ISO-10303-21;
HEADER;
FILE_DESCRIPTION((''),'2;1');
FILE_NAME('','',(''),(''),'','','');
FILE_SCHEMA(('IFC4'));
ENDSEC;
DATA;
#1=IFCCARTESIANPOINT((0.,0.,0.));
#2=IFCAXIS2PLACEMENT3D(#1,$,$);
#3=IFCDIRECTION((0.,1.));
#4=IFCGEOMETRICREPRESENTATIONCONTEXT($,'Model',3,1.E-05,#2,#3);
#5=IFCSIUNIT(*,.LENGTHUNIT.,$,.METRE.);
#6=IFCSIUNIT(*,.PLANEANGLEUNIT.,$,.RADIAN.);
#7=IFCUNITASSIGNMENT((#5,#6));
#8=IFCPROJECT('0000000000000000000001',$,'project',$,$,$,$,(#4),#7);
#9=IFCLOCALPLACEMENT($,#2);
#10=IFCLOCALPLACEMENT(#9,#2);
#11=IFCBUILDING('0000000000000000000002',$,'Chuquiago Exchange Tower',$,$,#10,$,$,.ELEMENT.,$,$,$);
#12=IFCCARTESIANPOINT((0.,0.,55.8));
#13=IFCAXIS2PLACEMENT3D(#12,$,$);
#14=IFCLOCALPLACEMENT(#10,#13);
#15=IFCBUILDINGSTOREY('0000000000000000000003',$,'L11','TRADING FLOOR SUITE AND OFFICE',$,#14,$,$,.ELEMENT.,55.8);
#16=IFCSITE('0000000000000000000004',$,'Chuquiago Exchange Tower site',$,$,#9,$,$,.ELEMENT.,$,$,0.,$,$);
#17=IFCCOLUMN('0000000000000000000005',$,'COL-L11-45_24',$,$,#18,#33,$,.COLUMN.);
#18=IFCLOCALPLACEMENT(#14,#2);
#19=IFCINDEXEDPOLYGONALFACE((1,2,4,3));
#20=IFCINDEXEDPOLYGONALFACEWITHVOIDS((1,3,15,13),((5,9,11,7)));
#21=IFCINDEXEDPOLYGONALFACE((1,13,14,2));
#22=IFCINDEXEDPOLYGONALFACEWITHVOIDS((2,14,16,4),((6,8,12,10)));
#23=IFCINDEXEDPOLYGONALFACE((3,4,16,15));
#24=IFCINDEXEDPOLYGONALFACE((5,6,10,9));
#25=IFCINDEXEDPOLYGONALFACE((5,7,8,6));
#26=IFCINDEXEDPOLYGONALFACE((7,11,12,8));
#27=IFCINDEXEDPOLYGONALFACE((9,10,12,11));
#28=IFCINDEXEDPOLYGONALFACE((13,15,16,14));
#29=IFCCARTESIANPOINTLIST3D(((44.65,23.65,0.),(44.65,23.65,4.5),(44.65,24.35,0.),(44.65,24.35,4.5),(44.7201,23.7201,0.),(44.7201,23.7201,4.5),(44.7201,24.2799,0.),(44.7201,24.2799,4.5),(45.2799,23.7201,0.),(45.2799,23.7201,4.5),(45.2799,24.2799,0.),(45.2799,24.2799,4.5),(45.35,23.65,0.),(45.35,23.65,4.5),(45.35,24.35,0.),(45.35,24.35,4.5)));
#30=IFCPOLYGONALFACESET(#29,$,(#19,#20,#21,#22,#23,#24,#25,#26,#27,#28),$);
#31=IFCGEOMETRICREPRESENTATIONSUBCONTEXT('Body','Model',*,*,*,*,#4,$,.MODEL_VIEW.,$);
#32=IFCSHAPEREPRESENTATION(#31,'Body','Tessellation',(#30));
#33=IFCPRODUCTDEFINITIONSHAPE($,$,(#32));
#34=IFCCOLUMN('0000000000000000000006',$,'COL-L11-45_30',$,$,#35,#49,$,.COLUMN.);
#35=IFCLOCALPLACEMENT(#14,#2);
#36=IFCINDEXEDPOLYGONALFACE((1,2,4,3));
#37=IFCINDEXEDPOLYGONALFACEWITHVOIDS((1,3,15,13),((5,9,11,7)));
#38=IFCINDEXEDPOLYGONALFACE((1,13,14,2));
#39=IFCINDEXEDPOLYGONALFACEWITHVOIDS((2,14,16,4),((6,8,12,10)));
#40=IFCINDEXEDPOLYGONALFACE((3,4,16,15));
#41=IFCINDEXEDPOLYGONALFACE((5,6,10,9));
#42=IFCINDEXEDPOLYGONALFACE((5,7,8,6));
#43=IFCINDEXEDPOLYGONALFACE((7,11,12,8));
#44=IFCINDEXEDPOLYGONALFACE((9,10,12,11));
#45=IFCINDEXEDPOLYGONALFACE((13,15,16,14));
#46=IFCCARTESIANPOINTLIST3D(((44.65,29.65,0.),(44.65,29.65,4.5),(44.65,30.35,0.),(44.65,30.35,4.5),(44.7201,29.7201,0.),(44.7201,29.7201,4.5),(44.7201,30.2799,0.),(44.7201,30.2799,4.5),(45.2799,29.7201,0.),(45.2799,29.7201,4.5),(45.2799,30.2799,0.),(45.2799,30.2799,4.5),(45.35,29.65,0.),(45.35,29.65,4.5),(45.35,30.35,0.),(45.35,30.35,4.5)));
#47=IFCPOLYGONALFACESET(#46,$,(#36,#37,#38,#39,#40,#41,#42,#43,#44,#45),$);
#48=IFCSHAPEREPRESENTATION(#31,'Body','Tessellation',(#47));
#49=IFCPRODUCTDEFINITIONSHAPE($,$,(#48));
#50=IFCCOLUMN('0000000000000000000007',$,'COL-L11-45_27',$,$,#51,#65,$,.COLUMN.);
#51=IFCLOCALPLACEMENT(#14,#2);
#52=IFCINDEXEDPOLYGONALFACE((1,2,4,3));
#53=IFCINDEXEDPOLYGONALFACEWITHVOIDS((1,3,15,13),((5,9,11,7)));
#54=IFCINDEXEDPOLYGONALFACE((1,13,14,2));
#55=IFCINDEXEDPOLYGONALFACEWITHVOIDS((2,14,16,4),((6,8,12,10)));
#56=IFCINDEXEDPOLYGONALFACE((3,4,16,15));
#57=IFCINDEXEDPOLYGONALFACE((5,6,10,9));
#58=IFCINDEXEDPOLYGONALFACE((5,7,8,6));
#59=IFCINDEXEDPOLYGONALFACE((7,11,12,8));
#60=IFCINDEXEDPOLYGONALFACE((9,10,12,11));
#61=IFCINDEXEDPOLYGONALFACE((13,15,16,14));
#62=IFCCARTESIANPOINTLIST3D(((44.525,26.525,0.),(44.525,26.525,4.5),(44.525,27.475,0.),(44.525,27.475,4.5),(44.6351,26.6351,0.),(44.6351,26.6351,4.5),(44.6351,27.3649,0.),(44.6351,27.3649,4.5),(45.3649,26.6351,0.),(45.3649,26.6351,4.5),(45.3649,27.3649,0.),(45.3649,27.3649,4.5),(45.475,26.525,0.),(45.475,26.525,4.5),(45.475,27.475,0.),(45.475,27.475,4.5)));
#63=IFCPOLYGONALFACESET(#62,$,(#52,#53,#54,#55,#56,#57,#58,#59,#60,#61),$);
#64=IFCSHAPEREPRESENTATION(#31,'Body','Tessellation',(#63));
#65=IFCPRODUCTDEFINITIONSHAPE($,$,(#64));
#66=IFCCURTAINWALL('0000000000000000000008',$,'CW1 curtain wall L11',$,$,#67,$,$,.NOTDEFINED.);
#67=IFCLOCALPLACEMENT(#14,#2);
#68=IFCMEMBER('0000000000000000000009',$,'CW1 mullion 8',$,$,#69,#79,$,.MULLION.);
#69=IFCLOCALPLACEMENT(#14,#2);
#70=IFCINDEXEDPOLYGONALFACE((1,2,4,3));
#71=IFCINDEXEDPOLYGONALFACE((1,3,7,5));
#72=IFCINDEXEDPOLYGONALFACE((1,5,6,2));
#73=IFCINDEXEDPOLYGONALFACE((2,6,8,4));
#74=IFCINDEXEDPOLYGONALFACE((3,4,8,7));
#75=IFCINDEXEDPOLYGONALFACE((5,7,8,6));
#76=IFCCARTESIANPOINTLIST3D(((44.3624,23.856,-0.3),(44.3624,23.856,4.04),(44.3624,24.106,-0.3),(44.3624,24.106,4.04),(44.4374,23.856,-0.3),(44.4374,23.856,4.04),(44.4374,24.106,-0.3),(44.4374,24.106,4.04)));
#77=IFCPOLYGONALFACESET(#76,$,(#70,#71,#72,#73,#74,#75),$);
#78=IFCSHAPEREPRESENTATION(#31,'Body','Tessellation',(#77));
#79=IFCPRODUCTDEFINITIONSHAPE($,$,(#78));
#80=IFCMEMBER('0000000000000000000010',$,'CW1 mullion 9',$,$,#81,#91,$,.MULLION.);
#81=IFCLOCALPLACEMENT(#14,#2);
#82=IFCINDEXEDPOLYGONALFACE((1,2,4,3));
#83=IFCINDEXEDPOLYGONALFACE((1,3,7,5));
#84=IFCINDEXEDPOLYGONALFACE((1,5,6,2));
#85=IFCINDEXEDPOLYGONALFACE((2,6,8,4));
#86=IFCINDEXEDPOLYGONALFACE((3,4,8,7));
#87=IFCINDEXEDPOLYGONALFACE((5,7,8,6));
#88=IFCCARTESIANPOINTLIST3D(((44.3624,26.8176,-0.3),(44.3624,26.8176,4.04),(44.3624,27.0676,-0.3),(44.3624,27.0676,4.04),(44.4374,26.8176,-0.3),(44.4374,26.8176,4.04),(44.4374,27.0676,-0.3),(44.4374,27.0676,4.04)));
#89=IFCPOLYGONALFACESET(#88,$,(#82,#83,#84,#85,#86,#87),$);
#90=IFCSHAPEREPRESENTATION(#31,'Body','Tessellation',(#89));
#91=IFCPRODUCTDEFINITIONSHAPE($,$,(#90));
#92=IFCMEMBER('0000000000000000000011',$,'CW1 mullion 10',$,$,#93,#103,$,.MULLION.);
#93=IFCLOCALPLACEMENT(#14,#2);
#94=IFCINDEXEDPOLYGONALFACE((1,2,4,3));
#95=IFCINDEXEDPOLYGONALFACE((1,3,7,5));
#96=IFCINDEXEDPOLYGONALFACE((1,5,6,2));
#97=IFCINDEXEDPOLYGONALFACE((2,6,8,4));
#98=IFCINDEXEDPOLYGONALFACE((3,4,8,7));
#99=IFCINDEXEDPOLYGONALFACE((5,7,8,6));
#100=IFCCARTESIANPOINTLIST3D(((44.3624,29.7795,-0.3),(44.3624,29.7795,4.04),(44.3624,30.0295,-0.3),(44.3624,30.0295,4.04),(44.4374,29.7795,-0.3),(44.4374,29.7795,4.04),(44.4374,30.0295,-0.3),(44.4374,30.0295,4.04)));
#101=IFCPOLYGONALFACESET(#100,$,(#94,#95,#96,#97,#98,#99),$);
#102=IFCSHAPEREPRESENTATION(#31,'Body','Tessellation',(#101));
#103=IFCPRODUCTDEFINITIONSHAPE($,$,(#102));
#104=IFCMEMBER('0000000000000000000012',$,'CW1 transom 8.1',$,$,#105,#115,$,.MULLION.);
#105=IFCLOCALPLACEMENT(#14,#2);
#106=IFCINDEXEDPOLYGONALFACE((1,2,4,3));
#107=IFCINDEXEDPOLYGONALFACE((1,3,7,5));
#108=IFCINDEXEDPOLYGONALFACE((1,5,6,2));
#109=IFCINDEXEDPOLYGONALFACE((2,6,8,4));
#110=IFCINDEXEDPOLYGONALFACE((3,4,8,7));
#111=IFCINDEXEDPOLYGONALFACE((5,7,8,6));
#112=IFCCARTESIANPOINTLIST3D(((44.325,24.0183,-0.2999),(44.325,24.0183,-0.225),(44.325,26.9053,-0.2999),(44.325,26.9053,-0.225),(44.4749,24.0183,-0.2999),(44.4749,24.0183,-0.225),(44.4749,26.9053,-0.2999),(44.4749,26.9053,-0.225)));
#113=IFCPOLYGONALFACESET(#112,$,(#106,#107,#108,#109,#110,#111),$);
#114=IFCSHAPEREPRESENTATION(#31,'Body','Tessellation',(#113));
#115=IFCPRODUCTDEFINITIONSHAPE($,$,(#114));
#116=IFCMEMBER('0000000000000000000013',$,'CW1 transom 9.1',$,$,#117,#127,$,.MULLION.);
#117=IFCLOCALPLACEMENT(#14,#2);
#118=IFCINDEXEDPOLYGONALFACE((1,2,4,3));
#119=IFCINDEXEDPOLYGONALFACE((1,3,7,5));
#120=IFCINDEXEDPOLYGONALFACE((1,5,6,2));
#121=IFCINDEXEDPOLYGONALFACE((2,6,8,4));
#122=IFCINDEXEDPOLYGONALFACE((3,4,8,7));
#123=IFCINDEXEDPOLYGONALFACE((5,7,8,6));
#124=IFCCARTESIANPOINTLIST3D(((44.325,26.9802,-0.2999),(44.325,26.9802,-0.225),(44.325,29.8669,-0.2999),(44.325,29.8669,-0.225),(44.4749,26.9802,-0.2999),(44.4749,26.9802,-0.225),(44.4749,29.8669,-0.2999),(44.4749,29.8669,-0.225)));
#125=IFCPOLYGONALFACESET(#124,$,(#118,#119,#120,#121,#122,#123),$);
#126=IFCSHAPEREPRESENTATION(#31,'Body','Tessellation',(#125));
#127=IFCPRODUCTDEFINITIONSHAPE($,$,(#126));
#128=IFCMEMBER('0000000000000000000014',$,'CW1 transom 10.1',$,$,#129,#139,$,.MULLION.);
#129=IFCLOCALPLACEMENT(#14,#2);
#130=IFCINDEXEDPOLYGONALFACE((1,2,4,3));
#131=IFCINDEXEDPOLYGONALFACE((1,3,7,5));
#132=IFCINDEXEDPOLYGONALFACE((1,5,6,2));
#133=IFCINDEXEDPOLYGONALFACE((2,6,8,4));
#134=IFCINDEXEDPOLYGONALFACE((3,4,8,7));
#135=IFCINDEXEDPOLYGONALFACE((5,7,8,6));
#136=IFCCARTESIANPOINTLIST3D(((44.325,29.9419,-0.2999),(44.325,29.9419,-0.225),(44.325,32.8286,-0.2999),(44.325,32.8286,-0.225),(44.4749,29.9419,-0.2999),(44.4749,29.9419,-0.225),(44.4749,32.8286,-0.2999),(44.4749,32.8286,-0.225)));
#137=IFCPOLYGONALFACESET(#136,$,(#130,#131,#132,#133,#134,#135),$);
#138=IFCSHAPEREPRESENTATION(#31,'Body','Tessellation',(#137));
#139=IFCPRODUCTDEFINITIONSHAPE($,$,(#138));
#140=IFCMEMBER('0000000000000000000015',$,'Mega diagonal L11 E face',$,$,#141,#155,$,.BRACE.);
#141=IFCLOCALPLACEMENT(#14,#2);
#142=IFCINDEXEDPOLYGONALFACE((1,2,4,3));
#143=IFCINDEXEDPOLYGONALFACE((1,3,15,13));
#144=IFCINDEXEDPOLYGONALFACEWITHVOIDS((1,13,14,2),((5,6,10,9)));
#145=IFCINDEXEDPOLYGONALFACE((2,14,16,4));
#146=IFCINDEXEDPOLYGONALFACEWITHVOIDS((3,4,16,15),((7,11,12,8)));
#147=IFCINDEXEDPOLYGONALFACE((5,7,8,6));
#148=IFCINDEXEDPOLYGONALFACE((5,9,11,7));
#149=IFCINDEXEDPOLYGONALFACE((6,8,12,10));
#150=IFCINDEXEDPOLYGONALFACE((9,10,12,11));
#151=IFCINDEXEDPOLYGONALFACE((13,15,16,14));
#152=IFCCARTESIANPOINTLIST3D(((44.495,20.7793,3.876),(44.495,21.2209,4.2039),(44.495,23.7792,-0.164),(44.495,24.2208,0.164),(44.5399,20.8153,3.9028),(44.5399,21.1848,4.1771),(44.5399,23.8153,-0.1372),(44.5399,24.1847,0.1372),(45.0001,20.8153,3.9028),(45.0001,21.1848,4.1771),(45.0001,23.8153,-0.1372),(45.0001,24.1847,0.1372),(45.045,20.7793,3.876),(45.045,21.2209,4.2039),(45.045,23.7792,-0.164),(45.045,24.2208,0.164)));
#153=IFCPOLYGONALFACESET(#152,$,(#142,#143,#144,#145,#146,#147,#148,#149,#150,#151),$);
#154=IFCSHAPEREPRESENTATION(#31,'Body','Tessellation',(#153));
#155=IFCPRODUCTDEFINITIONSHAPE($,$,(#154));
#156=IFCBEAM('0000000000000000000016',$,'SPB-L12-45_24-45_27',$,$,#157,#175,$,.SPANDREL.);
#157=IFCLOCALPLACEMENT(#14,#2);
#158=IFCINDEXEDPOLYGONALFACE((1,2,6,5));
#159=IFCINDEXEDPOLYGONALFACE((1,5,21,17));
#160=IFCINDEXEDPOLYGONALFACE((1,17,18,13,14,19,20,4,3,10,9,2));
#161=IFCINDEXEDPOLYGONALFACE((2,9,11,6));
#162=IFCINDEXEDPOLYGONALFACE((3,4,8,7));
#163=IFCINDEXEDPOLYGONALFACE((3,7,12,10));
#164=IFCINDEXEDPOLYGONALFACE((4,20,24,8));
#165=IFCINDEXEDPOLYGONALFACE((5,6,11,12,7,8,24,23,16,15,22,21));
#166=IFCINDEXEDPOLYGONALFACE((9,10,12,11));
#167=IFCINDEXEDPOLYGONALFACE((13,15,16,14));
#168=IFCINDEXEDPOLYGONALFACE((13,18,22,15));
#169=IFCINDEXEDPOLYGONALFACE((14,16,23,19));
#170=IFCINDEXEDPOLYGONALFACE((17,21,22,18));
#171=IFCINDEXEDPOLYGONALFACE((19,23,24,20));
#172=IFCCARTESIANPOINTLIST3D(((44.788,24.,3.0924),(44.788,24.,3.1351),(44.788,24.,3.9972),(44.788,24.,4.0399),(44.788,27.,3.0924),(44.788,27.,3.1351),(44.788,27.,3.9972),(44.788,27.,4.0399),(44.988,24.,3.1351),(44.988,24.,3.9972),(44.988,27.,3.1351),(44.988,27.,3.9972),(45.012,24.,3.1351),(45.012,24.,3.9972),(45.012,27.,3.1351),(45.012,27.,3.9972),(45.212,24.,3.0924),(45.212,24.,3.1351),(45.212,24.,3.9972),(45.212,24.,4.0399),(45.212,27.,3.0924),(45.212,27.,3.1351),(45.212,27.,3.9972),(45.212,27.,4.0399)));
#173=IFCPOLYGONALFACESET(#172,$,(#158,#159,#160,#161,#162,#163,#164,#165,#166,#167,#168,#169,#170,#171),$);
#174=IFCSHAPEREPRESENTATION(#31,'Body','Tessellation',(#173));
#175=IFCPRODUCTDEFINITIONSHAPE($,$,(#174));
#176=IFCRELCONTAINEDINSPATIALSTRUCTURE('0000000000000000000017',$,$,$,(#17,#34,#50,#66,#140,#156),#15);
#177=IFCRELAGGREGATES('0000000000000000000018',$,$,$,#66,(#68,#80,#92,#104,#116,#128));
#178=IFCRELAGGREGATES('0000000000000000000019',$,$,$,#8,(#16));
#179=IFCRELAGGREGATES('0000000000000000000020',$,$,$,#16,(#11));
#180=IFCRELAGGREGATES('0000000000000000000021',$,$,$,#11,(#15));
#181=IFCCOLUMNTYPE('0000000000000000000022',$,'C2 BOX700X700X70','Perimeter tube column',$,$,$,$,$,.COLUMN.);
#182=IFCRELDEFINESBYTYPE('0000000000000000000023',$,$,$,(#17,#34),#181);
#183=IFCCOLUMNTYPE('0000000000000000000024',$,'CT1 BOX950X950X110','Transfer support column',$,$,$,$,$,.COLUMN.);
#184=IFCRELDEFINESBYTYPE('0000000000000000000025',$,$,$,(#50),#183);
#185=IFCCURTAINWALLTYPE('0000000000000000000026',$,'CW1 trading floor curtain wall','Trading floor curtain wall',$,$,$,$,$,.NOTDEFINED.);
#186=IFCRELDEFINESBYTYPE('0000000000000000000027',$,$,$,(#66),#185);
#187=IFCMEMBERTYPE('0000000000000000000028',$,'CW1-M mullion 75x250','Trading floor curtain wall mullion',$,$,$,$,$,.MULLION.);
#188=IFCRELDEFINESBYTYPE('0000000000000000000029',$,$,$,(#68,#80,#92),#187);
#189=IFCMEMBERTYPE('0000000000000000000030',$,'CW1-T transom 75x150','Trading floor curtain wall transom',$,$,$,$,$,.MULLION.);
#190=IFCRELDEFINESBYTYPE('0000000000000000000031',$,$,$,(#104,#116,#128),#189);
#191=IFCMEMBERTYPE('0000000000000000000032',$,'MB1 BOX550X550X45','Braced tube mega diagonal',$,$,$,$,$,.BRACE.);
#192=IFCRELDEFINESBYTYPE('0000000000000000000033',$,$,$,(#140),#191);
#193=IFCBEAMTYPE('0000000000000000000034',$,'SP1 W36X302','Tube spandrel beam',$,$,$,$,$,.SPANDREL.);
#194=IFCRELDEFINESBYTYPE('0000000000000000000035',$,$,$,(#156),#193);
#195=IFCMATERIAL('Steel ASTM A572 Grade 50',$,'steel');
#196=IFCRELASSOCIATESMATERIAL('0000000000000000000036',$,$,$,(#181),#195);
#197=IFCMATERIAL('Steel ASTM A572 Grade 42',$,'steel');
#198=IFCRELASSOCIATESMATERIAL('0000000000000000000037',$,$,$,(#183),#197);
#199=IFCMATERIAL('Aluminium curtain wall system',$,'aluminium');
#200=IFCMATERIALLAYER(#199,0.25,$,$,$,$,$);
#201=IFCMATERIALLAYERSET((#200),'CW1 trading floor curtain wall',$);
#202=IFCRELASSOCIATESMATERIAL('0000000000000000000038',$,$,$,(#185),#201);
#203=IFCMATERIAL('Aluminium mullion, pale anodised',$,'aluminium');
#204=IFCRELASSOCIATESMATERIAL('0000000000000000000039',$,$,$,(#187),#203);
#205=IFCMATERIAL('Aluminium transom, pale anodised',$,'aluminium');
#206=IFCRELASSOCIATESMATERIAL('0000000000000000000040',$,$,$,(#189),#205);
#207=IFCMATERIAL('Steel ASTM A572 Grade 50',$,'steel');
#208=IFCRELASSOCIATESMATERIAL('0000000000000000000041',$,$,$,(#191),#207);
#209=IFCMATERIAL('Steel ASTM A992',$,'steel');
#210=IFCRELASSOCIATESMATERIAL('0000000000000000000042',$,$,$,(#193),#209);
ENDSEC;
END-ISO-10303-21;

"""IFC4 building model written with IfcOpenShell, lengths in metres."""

from ifc_helpers import new_model, si_unit, direction, frame, origin, origin_2d, place, context, subcontext, project, spatial, rectangle, hollow_rectangle, i_section, extrude, material, layer, layer_set, material_profile, profile_set, type_object, element, aggregate, save


model = new_model("IFC4")

# Units and contexts
model_context = context("Model", 3, precision=1e-05, world=origin(), true_north=direction((0.0, 1.0)))
body_context = subcontext(model_context, "Body", "Model", "MODEL_VIEW")
ifc_project = project(units=[si_unit("LENGTHUNIT", "METRE"), si_unit("PLANEANGLEUNIT", "RADIAN")], contexts=[model_context])

# Site, building, storey
site_placement = place(None, origin())
site = spatial("IfcSite", under=ifc_project, at=site_placement, Name="Chuquiago Exchange Tower site", CompositionType="ELEMENT", RefElevation=0.0)
building_placement = place(site_placement, origin())
building = spatial("IfcBuilding", under=site, at=building_placement, Name="Chuquiago Exchange Tower", CompositionType="ELEMENT")
storey_placement = place(building_placement, frame((0.0, 0.0, 55.8)))
storey = spatial("IfcBuildingStorey", under=building, at=storey_placement, Name="L11", Description="TRADING FLOOR SUITE AND OFFICE", CompositionType="ELEMENT", Elevation=55.8)

# Columns
ifc_material_1 = material(Name="Steel ASTM A572 Grade 50", Category="steel")
ifc_material_profile_1 = material_profile(ifc_material_1, hollow_rectangle(XDim=0.7, YDim=0.7, WallThickness=0.0701, at=origin_2d()), Name="BOX700X700X70")
ifc_profile_set_1 = profile_set([ifc_material_profile_1], Name="Steel ASTM A572 Grade 50")
column_type_1 = type_object("IfcColumnType", Name="C2 BOX700X700X70", Description="Perimeter tube column", PredefinedType="COLUMN", material=ifc_profile_set_1)
for number, where, z_axis, x_axis, name in (
    (1, (45.0, 24.0, 0.0), (0.0, 0.0, 1.0), (1.0, 0.0, 0.0), "COL-L11-45_24"),
    (2, (45.0, 30.0, 0.0), (0.0, 0.0, 1.0), (1.0, 0.0, 0.0), "COL-L11-45_30"),
):
    element("IfcColumn", number, at=place(storey_placement, frame(where, z_axis=z_axis, x_axis=x_axis)), inside=storey, type_object=column_type_1, Name=name, PredefinedType="COLUMN", context=body_context, shape_type="SweptSolid", body=[
        extrude(hollow_rectangle(XDim=0.7, YDim=0.7, WallThickness=0.0701, at=origin_2d()), origin(), (0.0, 0.0, 1.0), 4.5),
    ])
ifc_material_2 = material(Name="Steel ASTM A572 Grade 42", Category="steel")
ifc_material_profile_2 = material_profile(ifc_material_2, hollow_rectangle(XDim=0.95, YDim=0.95, WallThickness=0.1101, at=origin_2d()), Name="BOX950X950X110")
ifc_profile_set_2 = profile_set([ifc_material_profile_2], Name="Steel ASTM A572 Grade 42")
column_type_2 = type_object("IfcColumnType", Name="CT1 BOX950X950X110", Description="Transfer support column", PredefinedType="COLUMN", material=ifc_profile_set_2)
column_placement = place(storey_placement, frame((45.0, 27.0, 0.0), z_axis=(0.0, 0.0, 1.0), x_axis=(1.0, 0.0, 0.0)))
element("IfcColumn", 3, at=column_placement, inside=storey, type_object=column_type_2, Name="COL-L11-45_27", PredefinedType="COLUMN", context=body_context, shape_type="SweptSolid", body=[
    extrude(hollow_rectangle(XDim=0.95, YDim=0.95, WallThickness=0.1101, at=origin_2d()), origin(), (0.0, 0.0, 1.0), 4.5),
])

# Curtain wall, members
ifc_material_3 = material(Name="Aluminium curtain wall system", Category="aluminium")
ifc_layer_1 = layer(ifc_material_3, 0.25)
ifc_layer_set_1 = layer_set([ifc_layer_1], Name="CW1 trading floor curtain wall")
curtain_wall_type = type_object("IfcCurtainWallType", Name="CW1 trading floor curtain wall", Description="Trading floor curtain wall", PredefinedType="NOTDEFINED", material=ifc_layer_set_1)
curtain_wall_placement = place(storey_placement, origin())
curtain_wall = element("IfcCurtainWall", 4, at=curtain_wall_placement, inside=storey, type_object=curtain_wall_type, Name="CW1 curtain wall L11", PredefinedType="NOTDEFINED")
ifc_material_4 = material(Name="Aluminium mullion, pale anodised", Category="aluminium")
ifc_material_profile_3 = material_profile(ifc_material_4, rectangle(XDim=0.075, YDim=0.25, at=origin_2d()), Name="AL 75x250")
ifc_profile_set_3 = profile_set([ifc_material_profile_3], Name="Aluminium mullion, pale anodised")
member_type_1 = type_object("IfcMemberType", Name="CW1-M mullion 75x250", Description="Trading floor curtain wall mullion", PredefinedType="MULLION", material=ifc_profile_set_3)
member_1_placement = place(storey_placement, frame((44.3999, 23.981, -0.3), z_axis=(0.0, 0.0, 1.0), x_axis=(-1.0, 0.0, 0.0)))
member_1 = element("IfcMember", 5, at=member_1_placement, type_object=member_type_1, Name="CW1 mullion 8", PredefinedType="MULLION", context=body_context, shape_type="SweptSolid", body=[
    extrude(rectangle(XDim=0.075, YDim=0.25, at=origin_2d()), origin(), (0.0, 0.0, 1.0), 4.3401),
])
member_2_placement = place(storey_placement, frame((44.3999, 26.9426, -0.3), z_axis=(0.0, 0.0, 1.0), x_axis=(-1.0, 0.0, 0.0)))
member_2 = element("IfcMember", 6, at=member_2_placement, type_object=member_type_1, Name="CW1 mullion 9", PredefinedType="MULLION", context=body_context, shape_type="SweptSolid", body=[
    extrude(rectangle(XDim=0.075, YDim=0.25, at=origin_2d()), origin(), (0.0, 0.0, 1.0), 4.3401),
])
member_3_placement = place(storey_placement, frame((44.3999, 29.9045, -0.3), z_axis=(0.0, 0.0, 1.0), x_axis=(-1.0, 0.0, 0.0)))
member_3 = element("IfcMember", 7, at=member_3_placement, type_object=member_type_1, Name="CW1 mullion 10", PredefinedType="MULLION", context=body_context, shape_type="SweptSolid", body=[
    extrude(rectangle(XDim=0.075, YDim=0.25, at=origin_2d()), origin(), (0.0, 0.0, 1.0), 4.3401),
])
ifc_material_5 = material(Name="Aluminium transom, pale anodised", Category="aluminium")
ifc_material_profile_4 = material_profile(ifc_material_5, rectangle(XDim=0.1499, YDim=0.075, at=origin_2d()), Name="AL 150x75")
ifc_profile_set_4 = profile_set([ifc_material_profile_4], Name="Aluminium transom, pale anodised")
member_type_2 = type_object("IfcMemberType", Name="CW1-T transom 75x150", Description="Trading floor curtain wall transom", PredefinedType="MULLION", material=ifc_profile_set_4)
member_4_placement = place(storey_placement, frame((44.3999, 24.0183, -0.2625), z_axis=(0.0, 1.0, 0.0), x_axis=(-1.0, 0.0, 0.0)))
member_4 = element("IfcMember", 8, at=member_4_placement, type_object=member_type_2, Name="CW1 transom 8.1", PredefinedType="MULLION", context=body_context, shape_type="SweptSolid", body=[
    extrude(rectangle(XDim=0.1499, YDim=0.075, at=origin_2d()), origin(), (0.0, 0.0, 1.0), 2.887),
])
member_5_placement = place(storey_placement, frame((44.3999, 26.9802, -0.2625), z_axis=(0.0, 1.0, 0.0), x_axis=(-1.0, 0.0, 0.0)))
member_5 = element("IfcMember", 9, at=member_5_placement, type_object=member_type_2, Name="CW1 transom 9.1", PredefinedType="MULLION", context=body_context, shape_type="SweptSolid", body=[
    extrude(rectangle(XDim=0.1499, YDim=0.075, at=origin_2d()), origin(), (0.0, 0.0, 1.0), 2.8867),
])
member_6_placement = place(storey_placement, frame((44.3999, 29.9419, -0.2625), z_axis=(0.0, 1.0, 0.0), x_axis=(-1.0, 0.0, 0.0)))
member_6 = element("IfcMember", 10, at=member_6_placement, type_object=member_type_2, Name="CW1 transom 10.1", PredefinedType="MULLION", context=body_context, shape_type="SweptSolid", body=[
    extrude(rectangle(XDim=0.1499, YDim=0.075, at=origin_2d()), origin(), (0.0, 0.0, 1.0), 2.8867),
])

# Member
ifc_material_6 = material(Name="Steel ASTM A572 Grade 50", Category="steel")
ifc_material_profile_5 = material_profile(ifc_material_6, hollow_rectangle(XDim=0.55, YDim=0.55, WallThickness=0.0449, at=origin_2d()), Name="BOX550X550X45")
ifc_profile_set_5 = profile_set([ifc_material_profile_5], Name="Steel ASTM A572 Grade 50")
member_type_3 = type_object("IfcMemberType", Name="MB1 BOX550X550X45", Description="Braced tube mega diagonal", PredefinedType="BRACE", material=ifc_profile_set_5)
member_7_placement = place(storey_placement, frame((44.77, 24.0, 0.0), z_axis=(0.0, -0.596174, 0.802855), x_axis=(1.0, 0.0, 0.0)))
element("IfcMember", 11, at=member_7_placement, inside=storey, type_object=member_type_3, Name="Mega diagonal L11 E face", PredefinedType="BRACE", context=body_context, shape_type="SweptSolid", body=[
    extrude(hollow_rectangle(XDim=0.55, YDim=0.55, WallThickness=0.0449, at=origin_2d()), origin(), (0.0, 0.0, 1.0), 5.032),
])

# Beam
ifc_material_7 = material(Name="Steel ASTM A992", Category="steel")
ifc_material_profile_6 = material_profile(ifc_material_7, i_section(OverallWidth=0.4241, OverallDepth=0.9475, WebThickness=0.0239, FlangeThickness=0.0427, at=origin_2d()), Name="W36X302")
ifc_profile_set_6 = profile_set([ifc_material_profile_6], Name="Steel ASTM A992")
beam_type = type_object("IfcBeamType", Name="SP1 W36X302", Description="Tube spandrel beam", PredefinedType="SPANDREL", material=ifc_profile_set_6)
for number, where, z_axis, x_axis, name in (
    (12, (45.0, 24.0, 3.5662), (0.0, 1.0, 0.0), (-1.0, 0.0, 0.0), "SPB-L12-45_24-45_27"),
):
    element("IfcBeam", number, at=place(storey_placement, frame(where, z_axis=z_axis, x_axis=x_axis)), inside=storey, type_object=beam_type, Name=name, PredefinedType="SPANDREL", context=body_context, shape_type="SweptSolid", body=[
        extrude(i_section(OverallWidth=0.4241, OverallDepth=0.9475, WebThickness=0.0239, FlangeThickness=0.0427, at=origin_2d()), origin(), (0.0, 0.0, 1.0), 3.0),
    ])

aggregate(curtain_wall, [member_1, member_2, member_3, member_4, member_5, member_6])

save(model, "model.ifc")
